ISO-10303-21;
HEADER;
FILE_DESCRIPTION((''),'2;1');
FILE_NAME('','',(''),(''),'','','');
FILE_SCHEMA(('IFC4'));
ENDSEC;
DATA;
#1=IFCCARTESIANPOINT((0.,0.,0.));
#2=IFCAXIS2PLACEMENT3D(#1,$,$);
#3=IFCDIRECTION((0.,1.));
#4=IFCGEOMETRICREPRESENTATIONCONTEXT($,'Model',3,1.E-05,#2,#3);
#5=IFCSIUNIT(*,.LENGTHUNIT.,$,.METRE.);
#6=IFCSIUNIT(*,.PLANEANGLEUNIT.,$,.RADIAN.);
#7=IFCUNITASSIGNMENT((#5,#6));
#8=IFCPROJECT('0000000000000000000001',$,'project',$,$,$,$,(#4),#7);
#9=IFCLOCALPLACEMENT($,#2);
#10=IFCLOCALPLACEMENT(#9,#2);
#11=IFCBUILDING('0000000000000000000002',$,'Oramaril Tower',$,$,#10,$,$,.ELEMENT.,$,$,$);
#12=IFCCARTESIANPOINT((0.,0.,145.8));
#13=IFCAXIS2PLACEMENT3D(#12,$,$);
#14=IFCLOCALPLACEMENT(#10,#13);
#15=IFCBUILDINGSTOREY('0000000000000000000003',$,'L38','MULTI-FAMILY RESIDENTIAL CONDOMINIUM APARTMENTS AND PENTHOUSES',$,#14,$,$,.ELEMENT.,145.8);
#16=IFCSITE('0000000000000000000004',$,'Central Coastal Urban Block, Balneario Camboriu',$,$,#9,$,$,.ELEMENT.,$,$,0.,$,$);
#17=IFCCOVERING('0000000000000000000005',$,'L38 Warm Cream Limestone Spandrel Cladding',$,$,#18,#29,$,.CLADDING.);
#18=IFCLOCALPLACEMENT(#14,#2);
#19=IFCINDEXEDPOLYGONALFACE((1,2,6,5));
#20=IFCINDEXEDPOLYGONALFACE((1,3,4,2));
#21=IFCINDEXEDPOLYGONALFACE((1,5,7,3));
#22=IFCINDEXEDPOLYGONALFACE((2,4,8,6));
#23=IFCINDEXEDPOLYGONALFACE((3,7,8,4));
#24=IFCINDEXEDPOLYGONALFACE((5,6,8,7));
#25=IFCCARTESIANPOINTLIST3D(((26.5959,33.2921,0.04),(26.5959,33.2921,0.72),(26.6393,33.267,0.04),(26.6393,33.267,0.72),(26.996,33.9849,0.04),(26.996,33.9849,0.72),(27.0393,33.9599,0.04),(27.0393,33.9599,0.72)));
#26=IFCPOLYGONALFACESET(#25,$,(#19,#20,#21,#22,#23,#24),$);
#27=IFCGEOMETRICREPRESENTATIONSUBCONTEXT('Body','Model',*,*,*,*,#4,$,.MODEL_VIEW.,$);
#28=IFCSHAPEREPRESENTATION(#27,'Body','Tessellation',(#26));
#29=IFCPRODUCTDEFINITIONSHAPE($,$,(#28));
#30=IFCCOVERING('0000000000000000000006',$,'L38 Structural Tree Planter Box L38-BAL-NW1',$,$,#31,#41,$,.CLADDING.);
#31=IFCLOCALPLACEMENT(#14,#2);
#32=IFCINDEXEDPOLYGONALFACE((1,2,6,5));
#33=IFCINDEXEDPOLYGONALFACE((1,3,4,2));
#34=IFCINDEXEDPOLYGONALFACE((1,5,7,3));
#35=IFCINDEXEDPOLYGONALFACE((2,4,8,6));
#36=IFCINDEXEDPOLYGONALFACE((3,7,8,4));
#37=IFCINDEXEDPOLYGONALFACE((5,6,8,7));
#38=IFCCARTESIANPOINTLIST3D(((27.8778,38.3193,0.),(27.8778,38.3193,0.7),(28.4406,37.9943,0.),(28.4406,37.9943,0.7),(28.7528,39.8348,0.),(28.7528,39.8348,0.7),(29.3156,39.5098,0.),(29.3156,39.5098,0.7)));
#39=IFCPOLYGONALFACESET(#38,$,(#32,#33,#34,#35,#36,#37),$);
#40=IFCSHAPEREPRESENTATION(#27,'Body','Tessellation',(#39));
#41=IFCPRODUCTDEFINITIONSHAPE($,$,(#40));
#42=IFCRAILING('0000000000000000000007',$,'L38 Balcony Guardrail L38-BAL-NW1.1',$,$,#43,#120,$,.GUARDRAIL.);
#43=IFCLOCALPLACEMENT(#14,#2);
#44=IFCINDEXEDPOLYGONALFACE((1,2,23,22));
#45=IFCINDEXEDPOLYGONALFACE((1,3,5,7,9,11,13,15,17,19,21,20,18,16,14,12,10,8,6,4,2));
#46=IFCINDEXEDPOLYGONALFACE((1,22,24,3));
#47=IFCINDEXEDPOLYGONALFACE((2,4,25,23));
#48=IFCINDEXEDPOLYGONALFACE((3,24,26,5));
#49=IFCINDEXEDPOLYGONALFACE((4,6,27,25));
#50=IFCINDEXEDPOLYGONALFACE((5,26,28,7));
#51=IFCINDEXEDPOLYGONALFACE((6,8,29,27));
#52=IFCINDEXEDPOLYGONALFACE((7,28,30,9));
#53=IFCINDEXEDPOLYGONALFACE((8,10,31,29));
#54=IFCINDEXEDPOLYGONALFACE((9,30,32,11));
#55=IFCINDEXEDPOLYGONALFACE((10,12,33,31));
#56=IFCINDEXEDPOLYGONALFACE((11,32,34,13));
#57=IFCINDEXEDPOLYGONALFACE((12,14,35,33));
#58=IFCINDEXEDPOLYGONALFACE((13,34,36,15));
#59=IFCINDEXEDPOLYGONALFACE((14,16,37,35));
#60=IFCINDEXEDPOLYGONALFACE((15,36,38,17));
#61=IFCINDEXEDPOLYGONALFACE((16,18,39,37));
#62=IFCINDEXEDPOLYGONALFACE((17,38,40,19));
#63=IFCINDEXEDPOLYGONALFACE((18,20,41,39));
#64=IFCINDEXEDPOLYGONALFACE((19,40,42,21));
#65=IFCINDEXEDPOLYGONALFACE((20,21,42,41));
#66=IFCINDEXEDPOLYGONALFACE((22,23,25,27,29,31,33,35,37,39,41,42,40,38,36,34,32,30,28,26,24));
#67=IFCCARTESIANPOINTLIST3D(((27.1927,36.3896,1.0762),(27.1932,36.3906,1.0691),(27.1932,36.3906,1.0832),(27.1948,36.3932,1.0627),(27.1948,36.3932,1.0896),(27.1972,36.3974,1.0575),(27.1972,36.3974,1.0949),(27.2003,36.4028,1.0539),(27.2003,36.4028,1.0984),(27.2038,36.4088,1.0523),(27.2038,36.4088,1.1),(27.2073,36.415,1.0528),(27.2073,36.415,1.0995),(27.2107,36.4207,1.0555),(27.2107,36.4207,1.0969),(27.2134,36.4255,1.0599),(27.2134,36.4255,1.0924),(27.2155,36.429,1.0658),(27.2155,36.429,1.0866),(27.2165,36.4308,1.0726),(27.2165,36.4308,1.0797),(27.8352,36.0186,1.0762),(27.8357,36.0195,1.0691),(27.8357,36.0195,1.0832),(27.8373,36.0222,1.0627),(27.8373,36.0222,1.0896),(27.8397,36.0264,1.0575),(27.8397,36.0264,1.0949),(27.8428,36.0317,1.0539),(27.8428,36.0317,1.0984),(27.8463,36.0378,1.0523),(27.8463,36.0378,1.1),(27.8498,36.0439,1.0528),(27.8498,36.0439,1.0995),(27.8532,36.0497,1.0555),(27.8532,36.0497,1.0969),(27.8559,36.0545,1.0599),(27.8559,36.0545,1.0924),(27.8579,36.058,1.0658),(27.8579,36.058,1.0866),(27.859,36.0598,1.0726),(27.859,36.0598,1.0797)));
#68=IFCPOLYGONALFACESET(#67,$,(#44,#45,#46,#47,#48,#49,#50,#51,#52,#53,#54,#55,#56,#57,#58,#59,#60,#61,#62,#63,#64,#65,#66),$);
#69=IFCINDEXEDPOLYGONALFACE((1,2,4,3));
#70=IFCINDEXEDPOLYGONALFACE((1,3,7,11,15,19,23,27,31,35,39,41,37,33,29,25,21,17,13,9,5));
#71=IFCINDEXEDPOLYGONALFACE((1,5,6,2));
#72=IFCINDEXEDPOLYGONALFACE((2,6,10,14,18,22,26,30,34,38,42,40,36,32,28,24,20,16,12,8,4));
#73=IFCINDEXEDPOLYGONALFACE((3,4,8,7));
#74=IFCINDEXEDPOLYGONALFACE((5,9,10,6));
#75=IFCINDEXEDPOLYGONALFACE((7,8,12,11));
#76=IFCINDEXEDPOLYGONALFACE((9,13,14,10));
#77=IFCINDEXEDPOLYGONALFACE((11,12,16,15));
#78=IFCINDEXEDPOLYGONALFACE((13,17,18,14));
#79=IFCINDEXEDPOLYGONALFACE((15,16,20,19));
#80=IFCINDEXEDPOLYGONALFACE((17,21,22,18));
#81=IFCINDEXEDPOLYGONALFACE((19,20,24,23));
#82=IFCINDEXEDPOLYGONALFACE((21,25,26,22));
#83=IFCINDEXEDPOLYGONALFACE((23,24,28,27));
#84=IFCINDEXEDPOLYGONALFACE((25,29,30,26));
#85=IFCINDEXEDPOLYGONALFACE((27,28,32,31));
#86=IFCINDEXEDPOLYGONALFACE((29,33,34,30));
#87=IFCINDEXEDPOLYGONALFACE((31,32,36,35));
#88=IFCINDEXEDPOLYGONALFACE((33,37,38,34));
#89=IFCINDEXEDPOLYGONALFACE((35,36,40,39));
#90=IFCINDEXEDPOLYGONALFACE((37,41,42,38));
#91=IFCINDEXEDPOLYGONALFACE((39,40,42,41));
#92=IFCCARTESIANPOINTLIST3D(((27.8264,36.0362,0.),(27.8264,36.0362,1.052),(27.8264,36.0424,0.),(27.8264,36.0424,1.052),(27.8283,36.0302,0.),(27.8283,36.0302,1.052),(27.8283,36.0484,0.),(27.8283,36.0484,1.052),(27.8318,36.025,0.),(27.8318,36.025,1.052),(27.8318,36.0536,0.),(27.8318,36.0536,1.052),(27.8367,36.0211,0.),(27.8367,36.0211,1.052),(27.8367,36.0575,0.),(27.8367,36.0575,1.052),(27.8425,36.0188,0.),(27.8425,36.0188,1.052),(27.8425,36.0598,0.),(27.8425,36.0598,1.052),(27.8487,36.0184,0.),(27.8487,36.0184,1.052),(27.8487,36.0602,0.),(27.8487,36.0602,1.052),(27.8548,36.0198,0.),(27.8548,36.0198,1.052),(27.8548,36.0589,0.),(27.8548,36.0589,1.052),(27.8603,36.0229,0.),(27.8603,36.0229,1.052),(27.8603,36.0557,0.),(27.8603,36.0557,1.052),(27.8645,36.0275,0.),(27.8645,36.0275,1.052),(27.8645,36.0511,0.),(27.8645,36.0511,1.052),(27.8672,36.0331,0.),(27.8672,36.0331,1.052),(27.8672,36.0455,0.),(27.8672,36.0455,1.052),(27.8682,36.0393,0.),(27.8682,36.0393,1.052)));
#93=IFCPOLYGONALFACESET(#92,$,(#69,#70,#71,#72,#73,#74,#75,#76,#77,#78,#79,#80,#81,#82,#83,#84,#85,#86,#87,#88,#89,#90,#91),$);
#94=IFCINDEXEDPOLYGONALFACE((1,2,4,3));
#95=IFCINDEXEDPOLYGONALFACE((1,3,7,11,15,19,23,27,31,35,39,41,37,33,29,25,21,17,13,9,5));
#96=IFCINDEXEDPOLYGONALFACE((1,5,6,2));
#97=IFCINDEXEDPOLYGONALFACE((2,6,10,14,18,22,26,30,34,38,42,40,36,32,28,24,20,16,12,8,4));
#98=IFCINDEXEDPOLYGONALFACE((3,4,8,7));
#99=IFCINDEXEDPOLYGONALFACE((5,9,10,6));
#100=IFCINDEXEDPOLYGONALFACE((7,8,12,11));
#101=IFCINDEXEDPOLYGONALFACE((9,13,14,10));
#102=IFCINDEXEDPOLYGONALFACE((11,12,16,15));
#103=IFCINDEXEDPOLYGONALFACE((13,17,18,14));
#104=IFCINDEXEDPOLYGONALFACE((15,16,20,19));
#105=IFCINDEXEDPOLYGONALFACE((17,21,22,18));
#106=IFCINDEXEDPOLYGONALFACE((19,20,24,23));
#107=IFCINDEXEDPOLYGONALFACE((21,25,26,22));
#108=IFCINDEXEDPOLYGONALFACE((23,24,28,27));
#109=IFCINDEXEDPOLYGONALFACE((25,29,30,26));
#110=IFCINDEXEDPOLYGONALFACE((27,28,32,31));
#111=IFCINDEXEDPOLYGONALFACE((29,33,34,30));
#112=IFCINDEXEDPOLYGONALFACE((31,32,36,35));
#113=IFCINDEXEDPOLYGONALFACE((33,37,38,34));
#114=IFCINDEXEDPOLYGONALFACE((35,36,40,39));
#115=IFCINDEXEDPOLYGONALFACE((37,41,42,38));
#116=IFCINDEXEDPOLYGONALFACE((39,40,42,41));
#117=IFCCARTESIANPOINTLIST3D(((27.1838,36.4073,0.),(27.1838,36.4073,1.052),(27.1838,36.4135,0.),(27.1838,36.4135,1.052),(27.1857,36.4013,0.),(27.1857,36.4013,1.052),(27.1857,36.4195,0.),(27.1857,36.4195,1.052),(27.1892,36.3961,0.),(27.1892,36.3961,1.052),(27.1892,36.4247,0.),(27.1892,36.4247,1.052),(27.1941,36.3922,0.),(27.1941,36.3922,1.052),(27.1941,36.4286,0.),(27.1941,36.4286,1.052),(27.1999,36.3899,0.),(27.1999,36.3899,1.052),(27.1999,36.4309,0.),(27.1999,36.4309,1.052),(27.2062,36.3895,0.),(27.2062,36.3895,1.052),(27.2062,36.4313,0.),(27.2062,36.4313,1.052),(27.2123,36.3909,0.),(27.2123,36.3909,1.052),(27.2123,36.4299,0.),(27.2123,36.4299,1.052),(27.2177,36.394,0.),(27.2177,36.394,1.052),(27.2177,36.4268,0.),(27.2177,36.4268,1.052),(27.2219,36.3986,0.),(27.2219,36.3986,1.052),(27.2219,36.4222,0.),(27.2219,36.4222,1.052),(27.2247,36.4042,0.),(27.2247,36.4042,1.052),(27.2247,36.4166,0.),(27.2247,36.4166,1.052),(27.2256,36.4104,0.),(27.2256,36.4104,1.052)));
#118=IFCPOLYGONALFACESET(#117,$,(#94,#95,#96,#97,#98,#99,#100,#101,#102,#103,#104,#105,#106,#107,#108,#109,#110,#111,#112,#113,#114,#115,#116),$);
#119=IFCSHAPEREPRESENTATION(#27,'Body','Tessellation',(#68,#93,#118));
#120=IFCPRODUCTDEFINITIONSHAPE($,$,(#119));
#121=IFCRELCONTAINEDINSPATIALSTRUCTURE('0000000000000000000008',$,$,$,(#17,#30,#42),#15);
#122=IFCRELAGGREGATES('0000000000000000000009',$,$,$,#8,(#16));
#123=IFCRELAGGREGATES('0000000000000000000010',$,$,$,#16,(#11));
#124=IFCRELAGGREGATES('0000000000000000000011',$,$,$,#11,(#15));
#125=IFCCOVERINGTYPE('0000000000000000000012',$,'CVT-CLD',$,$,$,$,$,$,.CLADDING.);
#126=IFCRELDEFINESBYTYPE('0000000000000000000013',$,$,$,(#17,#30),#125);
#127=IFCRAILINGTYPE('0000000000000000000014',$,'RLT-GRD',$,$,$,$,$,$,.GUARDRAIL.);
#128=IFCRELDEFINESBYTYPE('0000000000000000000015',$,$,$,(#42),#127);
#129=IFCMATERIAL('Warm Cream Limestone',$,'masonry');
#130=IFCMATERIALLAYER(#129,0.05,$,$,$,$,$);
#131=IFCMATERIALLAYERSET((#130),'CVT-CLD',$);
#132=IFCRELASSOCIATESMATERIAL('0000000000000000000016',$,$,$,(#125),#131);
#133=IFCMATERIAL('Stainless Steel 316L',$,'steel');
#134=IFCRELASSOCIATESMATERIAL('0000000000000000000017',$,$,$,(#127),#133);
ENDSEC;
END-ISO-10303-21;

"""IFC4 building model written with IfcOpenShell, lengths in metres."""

from ifc_helpers import new_model, si_unit, direction, frame, origin, origin_2d, place, context, subcontext, project, spatial, rectangle, circle, extrude, material, layer, layer_set, type_object, element, save


model = new_model("IFC4")

# Units and contexts
model_context = context("Model", 3, precision=1e-05, world=origin(), true_north=direction((0.0, 1.0)))
body_context = subcontext(model_context, "Body", "Model", "MODEL_VIEW")
ifc_project = project(units=[si_unit("LENGTHUNIT", "METRE"), si_unit("PLANEANGLEUNIT", "RADIAN")], contexts=[model_context])

# Site, building, storey
site_placement = place(None, origin())
site = spatial("IfcSite", under=ifc_project, at=site_placement, Name="Central Coastal Urban Block, Balneario Camboriu", CompositionType="ELEMENT", RefElevation=0.0)
building_placement = place(site_placement, origin())
building = spatial("IfcBuilding", under=site, at=building_placement, Name="Oramaril Tower", CompositionType="ELEMENT")
storey_placement = place(building_placement, frame((0.0, 0.0, 145.8)))
storey = spatial("IfcBuildingStorey", under=building, at=storey_placement, Name="L38", Description="MULTI-FAMILY RESIDENTIAL CONDOMINIUM APARTMENTS AND PENTHOUSES", CompositionType="ELEMENT", Elevation=145.8)

# Coverings
ifc_material_1 = material(Name="Warm Cream Limestone", Category="masonry")
ifc_layer_1 = layer(ifc_material_1, 0.05)
ifc_layer_set_1 = layer_set([ifc_layer_1], Name="CVT-CLD")
covering_type = type_object("IfcCoveringType", Name="CVT-CLD", PredefinedType="CLADDING", material=ifc_layer_set_1)
covering_1_placement = place(storey_placement, frame((26.8176, 33.626, 0.04), z_axis=(0.0, 0.0, 1.0), x_axis=(-0.499998, -0.866026, 0.0)))
element("IfcCovering", 1, at=covering_1_placement, inside=storey, type_object=covering_type, Name="L38 Warm Cream Limestone Spandrel Cladding", PredefinedType="CLADDING", context=body_context, shape_type="SweptSolid", body=[
    extrude(rectangle(XDim=0.8, YDim=0.05, at=origin_2d()), origin(), (0.0, 0.0, 1.0), 0.6799),
])
covering_2_placement = place(storey_placement, frame((28.5967, 38.9146, 0.0), z_axis=(0.0, 0.0, 1.0), x_axis=(-0.499998, -0.866026, 0.0)))
element("IfcCovering", 2, at=covering_2_placement, inside=storey, type_object=covering_type, Name="L38 Structural Tree Planter Box L38-BAL-NW1", PredefinedType="CLADDING", context=body_context, shape_type="SweptSolid", body=[
    extrude(rectangle(XDim=1.75, YDim=0.6499, at=origin_2d()), origin(), (0.0, 0.0, 1.0), 0.7),
])

# Railing
ifc_material_2 = material(Name="Stainless Steel 316L", Category="steel")
railing_type = type_object("IfcRailingType", Name="RLT-GRD", PredefinedType="GUARDRAIL", material=ifc_material_2)
railing_1_placement = place(storey_placement, frame((27.8472, 36.0393, 0.0)))
element("IfcRailing", 3, at=railing_1_placement, inside=storey, type_object=railing_type, Name="L38 Balcony Guardrail L38-BAL-NW1.1", PredefinedType="GUARDRAIL", context=body_context, shape_type="SweptSolid", body=[
    extrude(circle(Radius=0.0239, at=origin_2d()), frame((0.0, 0.0, 1.0762), z_axis=(-0.865966, 0.500102, 0.0), x_axis=(-0.500102, -0.865966, 0.0)), (0.0, 0.0, 1.0), 0.7419),
    extrude(circle(Radius=0.021, at=origin_2d()), origin(), (0.0, 0.0, 1.0), 1.052),
    extrude(circle(Radius=0.021, at=origin_2d()), frame((-0.6426, 0.3711, 0.0)), (0.0, 0.0, 1.0), 1.052),
])

save(model, "model.ifc")
